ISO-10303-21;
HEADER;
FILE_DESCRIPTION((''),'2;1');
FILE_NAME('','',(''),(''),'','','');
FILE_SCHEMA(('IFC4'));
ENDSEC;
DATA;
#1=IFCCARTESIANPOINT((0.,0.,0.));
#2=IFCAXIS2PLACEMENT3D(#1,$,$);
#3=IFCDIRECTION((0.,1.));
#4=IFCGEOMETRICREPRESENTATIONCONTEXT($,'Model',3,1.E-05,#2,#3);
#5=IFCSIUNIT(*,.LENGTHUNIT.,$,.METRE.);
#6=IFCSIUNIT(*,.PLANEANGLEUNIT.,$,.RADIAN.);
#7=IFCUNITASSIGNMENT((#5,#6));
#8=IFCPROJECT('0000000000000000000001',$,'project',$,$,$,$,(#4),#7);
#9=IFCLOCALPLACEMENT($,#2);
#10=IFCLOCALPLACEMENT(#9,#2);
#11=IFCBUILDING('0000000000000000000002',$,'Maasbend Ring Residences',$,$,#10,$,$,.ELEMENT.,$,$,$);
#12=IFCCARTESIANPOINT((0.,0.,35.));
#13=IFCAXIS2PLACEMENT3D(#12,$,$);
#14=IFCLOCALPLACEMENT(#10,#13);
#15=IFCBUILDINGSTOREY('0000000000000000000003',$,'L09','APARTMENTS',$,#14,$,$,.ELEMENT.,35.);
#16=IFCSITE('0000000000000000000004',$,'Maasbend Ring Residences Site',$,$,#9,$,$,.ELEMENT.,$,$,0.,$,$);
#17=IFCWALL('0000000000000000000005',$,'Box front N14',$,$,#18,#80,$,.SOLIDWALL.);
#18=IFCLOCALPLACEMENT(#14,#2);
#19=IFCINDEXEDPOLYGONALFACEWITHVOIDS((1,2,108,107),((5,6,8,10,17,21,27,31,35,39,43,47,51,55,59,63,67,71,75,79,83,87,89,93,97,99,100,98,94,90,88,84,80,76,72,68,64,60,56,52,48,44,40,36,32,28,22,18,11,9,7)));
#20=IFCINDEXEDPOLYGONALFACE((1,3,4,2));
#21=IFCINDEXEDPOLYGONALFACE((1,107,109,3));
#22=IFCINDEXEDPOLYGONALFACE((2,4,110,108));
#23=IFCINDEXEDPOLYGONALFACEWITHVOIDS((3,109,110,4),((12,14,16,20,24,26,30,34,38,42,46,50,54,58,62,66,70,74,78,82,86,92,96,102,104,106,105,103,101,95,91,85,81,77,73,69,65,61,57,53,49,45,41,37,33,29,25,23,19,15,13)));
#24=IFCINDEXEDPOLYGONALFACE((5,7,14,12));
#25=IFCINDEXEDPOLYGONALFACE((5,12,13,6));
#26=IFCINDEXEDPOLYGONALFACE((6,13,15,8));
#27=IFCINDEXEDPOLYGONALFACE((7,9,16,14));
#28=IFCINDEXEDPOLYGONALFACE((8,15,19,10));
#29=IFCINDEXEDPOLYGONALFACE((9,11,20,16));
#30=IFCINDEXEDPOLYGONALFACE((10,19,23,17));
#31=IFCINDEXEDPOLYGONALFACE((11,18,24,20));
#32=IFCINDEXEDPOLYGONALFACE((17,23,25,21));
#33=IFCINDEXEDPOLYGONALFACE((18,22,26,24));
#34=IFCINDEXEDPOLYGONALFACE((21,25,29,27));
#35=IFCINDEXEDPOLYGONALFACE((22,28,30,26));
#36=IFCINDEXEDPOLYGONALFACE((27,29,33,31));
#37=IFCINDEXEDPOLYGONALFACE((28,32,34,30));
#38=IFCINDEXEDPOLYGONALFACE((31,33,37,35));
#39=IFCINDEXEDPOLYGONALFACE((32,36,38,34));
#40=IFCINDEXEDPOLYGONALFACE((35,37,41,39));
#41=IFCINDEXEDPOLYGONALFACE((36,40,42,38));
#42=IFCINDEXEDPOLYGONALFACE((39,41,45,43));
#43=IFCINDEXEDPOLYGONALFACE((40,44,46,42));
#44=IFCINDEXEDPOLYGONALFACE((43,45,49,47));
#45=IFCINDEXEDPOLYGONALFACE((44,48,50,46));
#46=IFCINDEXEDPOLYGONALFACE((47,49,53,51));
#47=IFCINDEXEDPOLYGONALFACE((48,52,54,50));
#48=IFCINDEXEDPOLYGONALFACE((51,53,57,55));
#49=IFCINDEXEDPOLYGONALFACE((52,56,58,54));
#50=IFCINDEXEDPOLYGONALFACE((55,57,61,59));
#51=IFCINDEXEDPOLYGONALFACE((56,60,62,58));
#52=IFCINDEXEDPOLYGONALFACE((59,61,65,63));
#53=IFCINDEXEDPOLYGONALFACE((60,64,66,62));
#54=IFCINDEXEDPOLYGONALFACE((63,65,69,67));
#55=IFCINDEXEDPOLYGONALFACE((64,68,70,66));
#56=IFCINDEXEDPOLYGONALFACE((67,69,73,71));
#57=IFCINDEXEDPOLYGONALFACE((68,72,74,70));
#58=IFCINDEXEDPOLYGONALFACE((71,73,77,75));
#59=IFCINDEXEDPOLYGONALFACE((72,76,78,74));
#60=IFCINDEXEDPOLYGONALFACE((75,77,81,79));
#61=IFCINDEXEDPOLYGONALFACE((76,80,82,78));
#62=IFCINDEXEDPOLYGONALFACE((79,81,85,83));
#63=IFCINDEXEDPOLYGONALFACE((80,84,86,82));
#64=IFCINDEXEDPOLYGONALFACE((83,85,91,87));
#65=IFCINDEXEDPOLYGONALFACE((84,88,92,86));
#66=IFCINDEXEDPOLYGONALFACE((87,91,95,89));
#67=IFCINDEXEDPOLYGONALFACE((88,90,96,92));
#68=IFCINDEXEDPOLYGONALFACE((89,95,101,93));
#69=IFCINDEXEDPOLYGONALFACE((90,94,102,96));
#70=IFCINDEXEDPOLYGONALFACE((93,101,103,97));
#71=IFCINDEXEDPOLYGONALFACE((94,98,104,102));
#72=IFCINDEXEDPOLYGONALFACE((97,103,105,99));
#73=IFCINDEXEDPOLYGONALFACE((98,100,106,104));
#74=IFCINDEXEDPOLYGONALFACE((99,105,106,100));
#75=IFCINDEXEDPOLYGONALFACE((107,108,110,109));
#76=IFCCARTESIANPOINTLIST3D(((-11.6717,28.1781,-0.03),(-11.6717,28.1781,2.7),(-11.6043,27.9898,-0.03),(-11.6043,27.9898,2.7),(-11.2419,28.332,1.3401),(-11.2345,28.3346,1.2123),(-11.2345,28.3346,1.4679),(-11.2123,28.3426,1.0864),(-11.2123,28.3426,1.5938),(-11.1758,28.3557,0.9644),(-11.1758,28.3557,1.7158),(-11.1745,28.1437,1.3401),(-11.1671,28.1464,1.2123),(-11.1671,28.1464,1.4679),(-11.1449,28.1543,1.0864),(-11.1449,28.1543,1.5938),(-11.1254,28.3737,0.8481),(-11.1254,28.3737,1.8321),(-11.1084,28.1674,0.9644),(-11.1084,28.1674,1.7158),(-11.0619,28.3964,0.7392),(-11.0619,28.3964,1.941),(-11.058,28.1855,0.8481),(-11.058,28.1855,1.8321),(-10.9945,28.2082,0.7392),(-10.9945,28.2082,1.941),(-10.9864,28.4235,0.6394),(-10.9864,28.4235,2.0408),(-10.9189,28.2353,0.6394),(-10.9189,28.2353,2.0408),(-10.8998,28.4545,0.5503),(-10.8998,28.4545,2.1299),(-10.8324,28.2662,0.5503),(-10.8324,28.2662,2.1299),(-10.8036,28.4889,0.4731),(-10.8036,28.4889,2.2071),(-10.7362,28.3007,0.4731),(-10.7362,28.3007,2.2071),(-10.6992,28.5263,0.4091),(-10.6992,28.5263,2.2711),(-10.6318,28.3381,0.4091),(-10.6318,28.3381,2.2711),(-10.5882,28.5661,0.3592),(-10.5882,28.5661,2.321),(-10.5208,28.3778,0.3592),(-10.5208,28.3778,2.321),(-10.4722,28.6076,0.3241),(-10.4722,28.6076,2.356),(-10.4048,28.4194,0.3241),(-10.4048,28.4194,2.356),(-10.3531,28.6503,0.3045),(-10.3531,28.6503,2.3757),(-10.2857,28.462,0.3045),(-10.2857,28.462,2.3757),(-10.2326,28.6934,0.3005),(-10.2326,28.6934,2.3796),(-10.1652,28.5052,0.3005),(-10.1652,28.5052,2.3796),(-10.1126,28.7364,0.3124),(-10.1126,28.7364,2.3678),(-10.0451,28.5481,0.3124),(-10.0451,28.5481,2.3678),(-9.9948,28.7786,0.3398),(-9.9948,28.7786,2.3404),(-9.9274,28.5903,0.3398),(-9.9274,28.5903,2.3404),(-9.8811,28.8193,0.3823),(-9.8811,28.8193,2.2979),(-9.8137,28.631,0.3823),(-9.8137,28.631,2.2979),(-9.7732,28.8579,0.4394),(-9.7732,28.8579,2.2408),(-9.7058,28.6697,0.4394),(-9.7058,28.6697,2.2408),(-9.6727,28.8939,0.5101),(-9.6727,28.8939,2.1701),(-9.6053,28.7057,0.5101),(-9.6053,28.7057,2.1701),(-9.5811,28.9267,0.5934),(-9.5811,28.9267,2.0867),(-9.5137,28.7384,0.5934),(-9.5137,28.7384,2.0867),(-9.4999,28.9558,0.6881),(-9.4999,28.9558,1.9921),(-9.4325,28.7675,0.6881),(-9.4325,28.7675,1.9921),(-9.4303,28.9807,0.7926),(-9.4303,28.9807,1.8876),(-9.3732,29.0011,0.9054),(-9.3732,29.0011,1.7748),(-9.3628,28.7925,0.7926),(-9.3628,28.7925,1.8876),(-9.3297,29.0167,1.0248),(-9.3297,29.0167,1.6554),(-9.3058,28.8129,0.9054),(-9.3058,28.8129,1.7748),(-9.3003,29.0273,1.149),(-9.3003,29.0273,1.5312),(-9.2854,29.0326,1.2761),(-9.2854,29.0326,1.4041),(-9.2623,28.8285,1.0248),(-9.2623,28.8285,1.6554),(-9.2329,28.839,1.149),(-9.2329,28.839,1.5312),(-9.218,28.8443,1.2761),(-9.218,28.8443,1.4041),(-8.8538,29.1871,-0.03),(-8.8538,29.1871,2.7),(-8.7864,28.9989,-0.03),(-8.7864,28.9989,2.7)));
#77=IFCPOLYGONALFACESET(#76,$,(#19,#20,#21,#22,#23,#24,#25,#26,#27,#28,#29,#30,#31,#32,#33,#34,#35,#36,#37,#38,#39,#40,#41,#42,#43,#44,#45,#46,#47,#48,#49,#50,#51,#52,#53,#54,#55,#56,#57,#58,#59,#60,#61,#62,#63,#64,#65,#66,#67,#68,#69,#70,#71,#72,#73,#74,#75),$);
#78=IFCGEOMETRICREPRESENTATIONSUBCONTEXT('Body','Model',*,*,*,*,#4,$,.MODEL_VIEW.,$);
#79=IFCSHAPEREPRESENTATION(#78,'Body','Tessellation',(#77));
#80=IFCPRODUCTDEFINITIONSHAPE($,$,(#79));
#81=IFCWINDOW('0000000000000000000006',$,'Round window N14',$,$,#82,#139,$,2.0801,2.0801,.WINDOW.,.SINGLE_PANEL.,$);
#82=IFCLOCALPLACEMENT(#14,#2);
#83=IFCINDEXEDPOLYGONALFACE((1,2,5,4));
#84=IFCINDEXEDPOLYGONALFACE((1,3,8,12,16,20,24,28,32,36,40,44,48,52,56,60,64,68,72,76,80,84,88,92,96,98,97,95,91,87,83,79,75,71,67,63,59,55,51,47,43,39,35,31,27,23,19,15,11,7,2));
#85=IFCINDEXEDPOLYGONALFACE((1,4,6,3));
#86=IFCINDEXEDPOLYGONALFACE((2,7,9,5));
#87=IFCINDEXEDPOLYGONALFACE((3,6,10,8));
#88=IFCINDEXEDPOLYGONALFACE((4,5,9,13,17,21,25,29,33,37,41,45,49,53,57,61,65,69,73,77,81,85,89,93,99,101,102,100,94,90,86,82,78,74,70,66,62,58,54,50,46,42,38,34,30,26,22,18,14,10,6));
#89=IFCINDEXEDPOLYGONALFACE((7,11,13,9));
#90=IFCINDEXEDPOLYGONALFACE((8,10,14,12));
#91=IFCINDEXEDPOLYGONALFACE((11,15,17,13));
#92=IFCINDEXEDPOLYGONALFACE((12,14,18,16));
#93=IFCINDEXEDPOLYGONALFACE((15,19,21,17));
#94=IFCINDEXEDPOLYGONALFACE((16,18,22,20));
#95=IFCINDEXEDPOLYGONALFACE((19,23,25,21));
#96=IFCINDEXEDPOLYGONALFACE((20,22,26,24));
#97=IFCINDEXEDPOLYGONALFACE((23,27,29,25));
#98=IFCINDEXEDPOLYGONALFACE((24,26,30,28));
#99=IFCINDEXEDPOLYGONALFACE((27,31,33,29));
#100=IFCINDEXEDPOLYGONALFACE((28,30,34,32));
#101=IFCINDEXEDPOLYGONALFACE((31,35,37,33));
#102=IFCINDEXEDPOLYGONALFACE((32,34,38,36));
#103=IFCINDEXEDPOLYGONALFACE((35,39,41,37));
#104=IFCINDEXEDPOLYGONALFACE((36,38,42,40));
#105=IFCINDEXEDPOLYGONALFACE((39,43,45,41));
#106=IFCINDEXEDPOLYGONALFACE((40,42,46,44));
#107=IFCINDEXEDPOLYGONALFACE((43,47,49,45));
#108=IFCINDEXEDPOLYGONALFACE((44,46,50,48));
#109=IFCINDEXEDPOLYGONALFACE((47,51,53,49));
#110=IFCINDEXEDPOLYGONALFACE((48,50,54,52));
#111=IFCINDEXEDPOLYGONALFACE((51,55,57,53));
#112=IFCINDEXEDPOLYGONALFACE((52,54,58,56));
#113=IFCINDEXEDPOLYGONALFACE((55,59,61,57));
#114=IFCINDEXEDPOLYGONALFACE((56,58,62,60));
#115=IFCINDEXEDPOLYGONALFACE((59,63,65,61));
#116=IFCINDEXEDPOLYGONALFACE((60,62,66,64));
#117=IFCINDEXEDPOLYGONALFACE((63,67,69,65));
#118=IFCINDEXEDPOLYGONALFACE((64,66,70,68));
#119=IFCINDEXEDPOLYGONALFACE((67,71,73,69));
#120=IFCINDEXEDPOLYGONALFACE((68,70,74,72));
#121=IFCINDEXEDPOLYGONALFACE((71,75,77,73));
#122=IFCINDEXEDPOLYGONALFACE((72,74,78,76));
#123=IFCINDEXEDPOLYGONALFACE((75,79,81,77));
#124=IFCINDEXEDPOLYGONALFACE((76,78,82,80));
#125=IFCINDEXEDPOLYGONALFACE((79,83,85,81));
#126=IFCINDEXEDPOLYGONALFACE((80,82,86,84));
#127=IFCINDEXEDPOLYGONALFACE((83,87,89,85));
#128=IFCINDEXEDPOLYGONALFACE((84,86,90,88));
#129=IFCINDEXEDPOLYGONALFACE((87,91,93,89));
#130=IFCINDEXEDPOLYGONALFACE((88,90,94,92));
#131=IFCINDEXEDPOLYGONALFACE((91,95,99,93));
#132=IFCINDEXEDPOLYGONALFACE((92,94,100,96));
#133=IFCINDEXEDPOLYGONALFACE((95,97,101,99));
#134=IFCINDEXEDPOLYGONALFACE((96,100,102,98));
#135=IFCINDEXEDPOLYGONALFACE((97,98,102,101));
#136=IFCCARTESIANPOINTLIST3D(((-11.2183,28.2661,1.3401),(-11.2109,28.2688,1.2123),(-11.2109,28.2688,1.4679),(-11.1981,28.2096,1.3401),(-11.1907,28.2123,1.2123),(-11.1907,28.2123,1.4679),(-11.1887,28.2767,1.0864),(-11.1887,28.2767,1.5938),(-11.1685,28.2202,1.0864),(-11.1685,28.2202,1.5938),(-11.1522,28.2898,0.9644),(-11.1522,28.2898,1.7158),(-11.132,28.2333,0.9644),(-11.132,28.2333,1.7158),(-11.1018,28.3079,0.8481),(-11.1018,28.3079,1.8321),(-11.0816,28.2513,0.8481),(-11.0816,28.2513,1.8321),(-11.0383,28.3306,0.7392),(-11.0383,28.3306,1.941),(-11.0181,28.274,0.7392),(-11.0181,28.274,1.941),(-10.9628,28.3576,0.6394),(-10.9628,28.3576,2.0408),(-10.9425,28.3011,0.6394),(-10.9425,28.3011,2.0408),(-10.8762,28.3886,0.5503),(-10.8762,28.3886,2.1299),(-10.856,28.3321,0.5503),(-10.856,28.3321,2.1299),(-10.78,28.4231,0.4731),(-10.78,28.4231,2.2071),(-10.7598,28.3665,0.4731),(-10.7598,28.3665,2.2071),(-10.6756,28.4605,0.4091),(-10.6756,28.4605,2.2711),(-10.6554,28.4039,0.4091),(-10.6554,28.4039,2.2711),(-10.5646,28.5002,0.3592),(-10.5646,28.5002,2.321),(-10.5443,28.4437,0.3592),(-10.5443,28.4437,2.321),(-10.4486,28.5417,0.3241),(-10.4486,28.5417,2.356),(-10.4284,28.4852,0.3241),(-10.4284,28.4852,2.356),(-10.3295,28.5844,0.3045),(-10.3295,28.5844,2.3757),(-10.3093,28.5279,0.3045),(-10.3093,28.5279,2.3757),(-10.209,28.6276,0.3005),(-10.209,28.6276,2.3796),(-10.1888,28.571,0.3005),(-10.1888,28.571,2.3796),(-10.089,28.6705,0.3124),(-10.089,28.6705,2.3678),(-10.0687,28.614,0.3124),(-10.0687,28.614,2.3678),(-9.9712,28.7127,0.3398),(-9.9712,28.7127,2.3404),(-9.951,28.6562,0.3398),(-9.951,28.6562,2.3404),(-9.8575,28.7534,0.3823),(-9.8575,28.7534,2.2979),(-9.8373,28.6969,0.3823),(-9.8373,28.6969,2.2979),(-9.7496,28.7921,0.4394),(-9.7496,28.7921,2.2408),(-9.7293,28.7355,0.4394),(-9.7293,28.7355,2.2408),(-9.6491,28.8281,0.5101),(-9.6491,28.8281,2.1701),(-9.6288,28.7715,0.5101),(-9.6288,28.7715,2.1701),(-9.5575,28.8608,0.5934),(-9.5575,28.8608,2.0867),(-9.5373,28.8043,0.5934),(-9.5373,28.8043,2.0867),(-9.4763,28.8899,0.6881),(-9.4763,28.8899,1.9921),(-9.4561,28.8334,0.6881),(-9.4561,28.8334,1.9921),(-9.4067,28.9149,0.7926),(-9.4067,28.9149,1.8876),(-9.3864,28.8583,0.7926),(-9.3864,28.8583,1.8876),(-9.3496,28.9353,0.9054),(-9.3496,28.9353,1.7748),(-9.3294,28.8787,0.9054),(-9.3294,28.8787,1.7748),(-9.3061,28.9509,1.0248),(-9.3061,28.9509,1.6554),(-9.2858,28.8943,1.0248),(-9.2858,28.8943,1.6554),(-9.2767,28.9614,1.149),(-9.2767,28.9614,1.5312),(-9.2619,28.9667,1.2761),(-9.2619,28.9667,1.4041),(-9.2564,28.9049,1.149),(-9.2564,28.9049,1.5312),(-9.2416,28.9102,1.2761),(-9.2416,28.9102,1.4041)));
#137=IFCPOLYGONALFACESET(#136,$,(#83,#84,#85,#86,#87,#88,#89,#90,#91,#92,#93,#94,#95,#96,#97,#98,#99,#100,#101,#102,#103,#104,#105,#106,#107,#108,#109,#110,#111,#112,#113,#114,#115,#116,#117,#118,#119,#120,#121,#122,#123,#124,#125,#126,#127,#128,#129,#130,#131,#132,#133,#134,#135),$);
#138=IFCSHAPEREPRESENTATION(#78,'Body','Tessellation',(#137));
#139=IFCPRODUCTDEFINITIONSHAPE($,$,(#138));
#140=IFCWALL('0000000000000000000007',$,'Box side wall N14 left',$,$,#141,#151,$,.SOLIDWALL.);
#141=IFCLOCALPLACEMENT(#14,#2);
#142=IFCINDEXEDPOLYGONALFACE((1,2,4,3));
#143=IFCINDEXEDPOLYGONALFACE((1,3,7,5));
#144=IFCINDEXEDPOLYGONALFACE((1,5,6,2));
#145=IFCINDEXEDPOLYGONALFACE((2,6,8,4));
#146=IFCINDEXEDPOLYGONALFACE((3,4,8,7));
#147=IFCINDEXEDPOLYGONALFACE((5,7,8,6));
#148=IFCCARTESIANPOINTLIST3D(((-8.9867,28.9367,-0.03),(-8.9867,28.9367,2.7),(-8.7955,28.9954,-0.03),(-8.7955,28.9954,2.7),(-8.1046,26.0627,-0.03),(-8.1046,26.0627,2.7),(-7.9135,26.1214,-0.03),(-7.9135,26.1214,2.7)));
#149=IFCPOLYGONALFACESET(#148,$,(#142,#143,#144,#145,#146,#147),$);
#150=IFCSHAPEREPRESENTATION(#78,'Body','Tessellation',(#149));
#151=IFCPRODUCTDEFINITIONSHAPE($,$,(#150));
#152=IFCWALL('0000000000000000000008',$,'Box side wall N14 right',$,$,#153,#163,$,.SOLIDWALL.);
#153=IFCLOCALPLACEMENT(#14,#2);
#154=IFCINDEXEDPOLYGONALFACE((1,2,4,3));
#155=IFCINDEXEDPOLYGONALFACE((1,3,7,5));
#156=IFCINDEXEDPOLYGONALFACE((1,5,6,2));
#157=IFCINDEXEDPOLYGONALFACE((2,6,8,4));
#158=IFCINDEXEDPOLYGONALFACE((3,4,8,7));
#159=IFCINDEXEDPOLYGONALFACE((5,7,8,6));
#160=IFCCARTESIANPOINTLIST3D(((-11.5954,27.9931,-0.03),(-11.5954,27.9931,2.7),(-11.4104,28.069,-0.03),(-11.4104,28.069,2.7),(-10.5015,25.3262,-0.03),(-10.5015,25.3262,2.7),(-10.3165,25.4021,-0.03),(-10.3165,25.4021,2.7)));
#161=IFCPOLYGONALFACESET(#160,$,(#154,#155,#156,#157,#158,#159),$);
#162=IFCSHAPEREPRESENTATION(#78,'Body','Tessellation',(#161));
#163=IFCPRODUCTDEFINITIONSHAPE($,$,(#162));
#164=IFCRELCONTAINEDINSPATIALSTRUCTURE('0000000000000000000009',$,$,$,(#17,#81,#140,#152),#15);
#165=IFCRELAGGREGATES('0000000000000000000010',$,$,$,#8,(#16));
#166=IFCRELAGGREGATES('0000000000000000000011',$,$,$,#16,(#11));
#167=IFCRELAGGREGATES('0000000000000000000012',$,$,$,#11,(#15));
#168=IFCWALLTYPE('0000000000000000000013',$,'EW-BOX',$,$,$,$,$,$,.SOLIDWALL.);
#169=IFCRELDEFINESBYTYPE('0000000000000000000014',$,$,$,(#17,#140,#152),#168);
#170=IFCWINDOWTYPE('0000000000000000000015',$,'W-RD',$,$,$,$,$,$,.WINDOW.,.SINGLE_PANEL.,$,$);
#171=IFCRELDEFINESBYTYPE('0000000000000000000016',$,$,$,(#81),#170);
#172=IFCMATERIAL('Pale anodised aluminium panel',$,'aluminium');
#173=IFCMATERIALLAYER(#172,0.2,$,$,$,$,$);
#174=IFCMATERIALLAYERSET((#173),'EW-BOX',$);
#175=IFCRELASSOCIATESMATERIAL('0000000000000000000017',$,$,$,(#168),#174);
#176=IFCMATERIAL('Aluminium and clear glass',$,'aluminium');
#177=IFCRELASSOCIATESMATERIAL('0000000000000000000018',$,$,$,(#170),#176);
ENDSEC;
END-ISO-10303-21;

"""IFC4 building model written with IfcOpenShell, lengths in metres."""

from ifc_helpers import new_model, si_unit, direction, frame, frame_2d, origin, place, context, subcontext, project, spatial, rectangle, circle, extrude, material, layer, layer_set, type_object, element, fill, save


model = new_model("IFC4")

# Units and contexts
model_context = context("Model", 3, precision=1e-05, world=origin(), true_north=direction((0.0, 1.0)))
body_context = subcontext(model_context, "Body", "Model", "MODEL_VIEW")
ifc_project = project(units=[si_unit("LENGTHUNIT", "METRE"), si_unit("PLANEANGLEUNIT", "RADIAN")], contexts=[model_context])

# Site, building, storey
site_placement = place(None, origin())
site = spatial("IfcSite", under=ifc_project, at=site_placement, Name="Maasbend Ring Residences Site", CompositionType="ELEMENT", RefElevation=0.0)
building_placement = place(site_placement, origin())
building = spatial("IfcBuilding", under=site, at=building_placement, Name="Maasbend Ring Residences", CompositionType="ELEMENT")
storey_placement = place(building_placement, frame((0.0, 0.0, 35.0)))
storey = spatial("IfcBuildingStorey", under=building, at=storey_placement, Name="L09", Description="APARTMENTS", CompositionType="ELEMENT", Elevation=35.0)

# Shared definitions
ifc_material_1 = material(Name="Pale anodised aluminium panel", Category="aluminium")
ifc_layer_1 = layer(ifc_material_1, 0.2)
ifc_layer_set_1 = layer_set([ifc_layer_1], Name="EW-BOX")
wall_type_1 = type_object("IfcWallType", Name="EW-BOX", PredefinedType="SOLIDWALL", material=ifc_layer_set_1)
ifc_material_2 = material(Name="Aluminium and clear glass", Category="aluminium")
window_type_1 = type_object("IfcWindowType", Name="W-RD", PartitioningType="SINGLE_PANEL", PredefinedType="WINDOW", material=ifc_material_2)

# Wall, opening, window
wall_1_placement = place(storey_placement, frame((-8.8201, 29.093, -0.03), z_axis=(0.0, 0.0, 1.0), x_axis=(-0.941461, -0.337122, 0.0)))
wall_1 = element("IfcWall", 1, at=wall_1_placement, inside=storey, type_object=wall_type_1, Name="Box front N14", PredefinedType="SOLIDWALL", context=body_context, shape_type="SweptSolid", body=[
    extrude(rectangle(XDim=2.9932, YDim=0.2, at=frame_2d((1.4966, 0.0))), origin(), (0.0, 0.0, 1.0), 2.73),
])
opening_1_placement = place(wall_1_placement, frame((0.4565, 0.0, 0.3301)))
opening_1 = element("IfcOpeningElement", 2, at=opening_1_placement, cuts=wall_1, PredefinedType="OPENING", context=body_context, shape_type="SweptSolid", body=[
    extrude(circle(Radius=1.04, at=frame_2d((1.04, 1.04))), frame((0.0, 0.1099, 0.0), z_axis=(0.0, -1.0, 0.0), x_axis=(1.0, 0.0, 0.0)), (0.0, 0.0, 1.0), 0.22),
])
window_1_placement = place(opening_1_placement, origin())
window_1 = element("IfcWindow", 3, at=window_1_placement, inside=storey, type_object=window_type_1, Name="Round window N14", OverallHeight=2.0801, OverallWidth=2.0801, PartitioningType="SINGLE_PANEL", PredefinedType="WINDOW", context=body_context, shape_type="SweptSolid", body=[
    extrude(circle(Radius=1.04, at=frame_2d((1.04, 1.04))), frame((0.0, 0.03, 0.0), z_axis=(0.0, -1.0, 0.0), x_axis=(1.0, 0.0, 0.0)), (0.0, 0.0, 1.0), 0.0601),
])
fill(opening_1, window_1)

# Walls
wall_2_placement = place(storey_placement, frame((-8.009, 26.092, -0.03), z_axis=(0.0, 0.0, 1.0), x_axis=(-0.293407, 0.955988, 0.0)))
element("IfcWall", 4, at=wall_2_placement, inside=storey, type_object=wall_type_1, Name="Box side wall N14 left", PredefinedType="SOLIDWALL", context=body_context, shape_type="SweptSolid", body=[
    extrude(rectangle(XDim=3.0063, YDim=0.2, at=frame_2d((1.5032, 0.0))), origin(), (0.0, 0.0, 1.0), 2.73),
])
wall_3_placement = place(storey_placement, frame((-10.4089, 25.364, -0.03), z_axis=(0.0, 0.0, 1.0), x_axis=(-0.37951, 0.925188, 0.0)))
element("IfcWall", 5, at=wall_3_placement, inside=storey, type_object=wall_type_1, Name="Box side wall N14 right", PredefinedType="SOLIDWALL", context=body_context, shape_type="SweptSolid", body=[
    extrude(rectangle(XDim=2.8826, YDim=0.2, at=frame_2d((1.4414, 0.0))), origin(), (0.0, 0.0, 1.0), 2.73),
])

save(model, "model.ifc")
